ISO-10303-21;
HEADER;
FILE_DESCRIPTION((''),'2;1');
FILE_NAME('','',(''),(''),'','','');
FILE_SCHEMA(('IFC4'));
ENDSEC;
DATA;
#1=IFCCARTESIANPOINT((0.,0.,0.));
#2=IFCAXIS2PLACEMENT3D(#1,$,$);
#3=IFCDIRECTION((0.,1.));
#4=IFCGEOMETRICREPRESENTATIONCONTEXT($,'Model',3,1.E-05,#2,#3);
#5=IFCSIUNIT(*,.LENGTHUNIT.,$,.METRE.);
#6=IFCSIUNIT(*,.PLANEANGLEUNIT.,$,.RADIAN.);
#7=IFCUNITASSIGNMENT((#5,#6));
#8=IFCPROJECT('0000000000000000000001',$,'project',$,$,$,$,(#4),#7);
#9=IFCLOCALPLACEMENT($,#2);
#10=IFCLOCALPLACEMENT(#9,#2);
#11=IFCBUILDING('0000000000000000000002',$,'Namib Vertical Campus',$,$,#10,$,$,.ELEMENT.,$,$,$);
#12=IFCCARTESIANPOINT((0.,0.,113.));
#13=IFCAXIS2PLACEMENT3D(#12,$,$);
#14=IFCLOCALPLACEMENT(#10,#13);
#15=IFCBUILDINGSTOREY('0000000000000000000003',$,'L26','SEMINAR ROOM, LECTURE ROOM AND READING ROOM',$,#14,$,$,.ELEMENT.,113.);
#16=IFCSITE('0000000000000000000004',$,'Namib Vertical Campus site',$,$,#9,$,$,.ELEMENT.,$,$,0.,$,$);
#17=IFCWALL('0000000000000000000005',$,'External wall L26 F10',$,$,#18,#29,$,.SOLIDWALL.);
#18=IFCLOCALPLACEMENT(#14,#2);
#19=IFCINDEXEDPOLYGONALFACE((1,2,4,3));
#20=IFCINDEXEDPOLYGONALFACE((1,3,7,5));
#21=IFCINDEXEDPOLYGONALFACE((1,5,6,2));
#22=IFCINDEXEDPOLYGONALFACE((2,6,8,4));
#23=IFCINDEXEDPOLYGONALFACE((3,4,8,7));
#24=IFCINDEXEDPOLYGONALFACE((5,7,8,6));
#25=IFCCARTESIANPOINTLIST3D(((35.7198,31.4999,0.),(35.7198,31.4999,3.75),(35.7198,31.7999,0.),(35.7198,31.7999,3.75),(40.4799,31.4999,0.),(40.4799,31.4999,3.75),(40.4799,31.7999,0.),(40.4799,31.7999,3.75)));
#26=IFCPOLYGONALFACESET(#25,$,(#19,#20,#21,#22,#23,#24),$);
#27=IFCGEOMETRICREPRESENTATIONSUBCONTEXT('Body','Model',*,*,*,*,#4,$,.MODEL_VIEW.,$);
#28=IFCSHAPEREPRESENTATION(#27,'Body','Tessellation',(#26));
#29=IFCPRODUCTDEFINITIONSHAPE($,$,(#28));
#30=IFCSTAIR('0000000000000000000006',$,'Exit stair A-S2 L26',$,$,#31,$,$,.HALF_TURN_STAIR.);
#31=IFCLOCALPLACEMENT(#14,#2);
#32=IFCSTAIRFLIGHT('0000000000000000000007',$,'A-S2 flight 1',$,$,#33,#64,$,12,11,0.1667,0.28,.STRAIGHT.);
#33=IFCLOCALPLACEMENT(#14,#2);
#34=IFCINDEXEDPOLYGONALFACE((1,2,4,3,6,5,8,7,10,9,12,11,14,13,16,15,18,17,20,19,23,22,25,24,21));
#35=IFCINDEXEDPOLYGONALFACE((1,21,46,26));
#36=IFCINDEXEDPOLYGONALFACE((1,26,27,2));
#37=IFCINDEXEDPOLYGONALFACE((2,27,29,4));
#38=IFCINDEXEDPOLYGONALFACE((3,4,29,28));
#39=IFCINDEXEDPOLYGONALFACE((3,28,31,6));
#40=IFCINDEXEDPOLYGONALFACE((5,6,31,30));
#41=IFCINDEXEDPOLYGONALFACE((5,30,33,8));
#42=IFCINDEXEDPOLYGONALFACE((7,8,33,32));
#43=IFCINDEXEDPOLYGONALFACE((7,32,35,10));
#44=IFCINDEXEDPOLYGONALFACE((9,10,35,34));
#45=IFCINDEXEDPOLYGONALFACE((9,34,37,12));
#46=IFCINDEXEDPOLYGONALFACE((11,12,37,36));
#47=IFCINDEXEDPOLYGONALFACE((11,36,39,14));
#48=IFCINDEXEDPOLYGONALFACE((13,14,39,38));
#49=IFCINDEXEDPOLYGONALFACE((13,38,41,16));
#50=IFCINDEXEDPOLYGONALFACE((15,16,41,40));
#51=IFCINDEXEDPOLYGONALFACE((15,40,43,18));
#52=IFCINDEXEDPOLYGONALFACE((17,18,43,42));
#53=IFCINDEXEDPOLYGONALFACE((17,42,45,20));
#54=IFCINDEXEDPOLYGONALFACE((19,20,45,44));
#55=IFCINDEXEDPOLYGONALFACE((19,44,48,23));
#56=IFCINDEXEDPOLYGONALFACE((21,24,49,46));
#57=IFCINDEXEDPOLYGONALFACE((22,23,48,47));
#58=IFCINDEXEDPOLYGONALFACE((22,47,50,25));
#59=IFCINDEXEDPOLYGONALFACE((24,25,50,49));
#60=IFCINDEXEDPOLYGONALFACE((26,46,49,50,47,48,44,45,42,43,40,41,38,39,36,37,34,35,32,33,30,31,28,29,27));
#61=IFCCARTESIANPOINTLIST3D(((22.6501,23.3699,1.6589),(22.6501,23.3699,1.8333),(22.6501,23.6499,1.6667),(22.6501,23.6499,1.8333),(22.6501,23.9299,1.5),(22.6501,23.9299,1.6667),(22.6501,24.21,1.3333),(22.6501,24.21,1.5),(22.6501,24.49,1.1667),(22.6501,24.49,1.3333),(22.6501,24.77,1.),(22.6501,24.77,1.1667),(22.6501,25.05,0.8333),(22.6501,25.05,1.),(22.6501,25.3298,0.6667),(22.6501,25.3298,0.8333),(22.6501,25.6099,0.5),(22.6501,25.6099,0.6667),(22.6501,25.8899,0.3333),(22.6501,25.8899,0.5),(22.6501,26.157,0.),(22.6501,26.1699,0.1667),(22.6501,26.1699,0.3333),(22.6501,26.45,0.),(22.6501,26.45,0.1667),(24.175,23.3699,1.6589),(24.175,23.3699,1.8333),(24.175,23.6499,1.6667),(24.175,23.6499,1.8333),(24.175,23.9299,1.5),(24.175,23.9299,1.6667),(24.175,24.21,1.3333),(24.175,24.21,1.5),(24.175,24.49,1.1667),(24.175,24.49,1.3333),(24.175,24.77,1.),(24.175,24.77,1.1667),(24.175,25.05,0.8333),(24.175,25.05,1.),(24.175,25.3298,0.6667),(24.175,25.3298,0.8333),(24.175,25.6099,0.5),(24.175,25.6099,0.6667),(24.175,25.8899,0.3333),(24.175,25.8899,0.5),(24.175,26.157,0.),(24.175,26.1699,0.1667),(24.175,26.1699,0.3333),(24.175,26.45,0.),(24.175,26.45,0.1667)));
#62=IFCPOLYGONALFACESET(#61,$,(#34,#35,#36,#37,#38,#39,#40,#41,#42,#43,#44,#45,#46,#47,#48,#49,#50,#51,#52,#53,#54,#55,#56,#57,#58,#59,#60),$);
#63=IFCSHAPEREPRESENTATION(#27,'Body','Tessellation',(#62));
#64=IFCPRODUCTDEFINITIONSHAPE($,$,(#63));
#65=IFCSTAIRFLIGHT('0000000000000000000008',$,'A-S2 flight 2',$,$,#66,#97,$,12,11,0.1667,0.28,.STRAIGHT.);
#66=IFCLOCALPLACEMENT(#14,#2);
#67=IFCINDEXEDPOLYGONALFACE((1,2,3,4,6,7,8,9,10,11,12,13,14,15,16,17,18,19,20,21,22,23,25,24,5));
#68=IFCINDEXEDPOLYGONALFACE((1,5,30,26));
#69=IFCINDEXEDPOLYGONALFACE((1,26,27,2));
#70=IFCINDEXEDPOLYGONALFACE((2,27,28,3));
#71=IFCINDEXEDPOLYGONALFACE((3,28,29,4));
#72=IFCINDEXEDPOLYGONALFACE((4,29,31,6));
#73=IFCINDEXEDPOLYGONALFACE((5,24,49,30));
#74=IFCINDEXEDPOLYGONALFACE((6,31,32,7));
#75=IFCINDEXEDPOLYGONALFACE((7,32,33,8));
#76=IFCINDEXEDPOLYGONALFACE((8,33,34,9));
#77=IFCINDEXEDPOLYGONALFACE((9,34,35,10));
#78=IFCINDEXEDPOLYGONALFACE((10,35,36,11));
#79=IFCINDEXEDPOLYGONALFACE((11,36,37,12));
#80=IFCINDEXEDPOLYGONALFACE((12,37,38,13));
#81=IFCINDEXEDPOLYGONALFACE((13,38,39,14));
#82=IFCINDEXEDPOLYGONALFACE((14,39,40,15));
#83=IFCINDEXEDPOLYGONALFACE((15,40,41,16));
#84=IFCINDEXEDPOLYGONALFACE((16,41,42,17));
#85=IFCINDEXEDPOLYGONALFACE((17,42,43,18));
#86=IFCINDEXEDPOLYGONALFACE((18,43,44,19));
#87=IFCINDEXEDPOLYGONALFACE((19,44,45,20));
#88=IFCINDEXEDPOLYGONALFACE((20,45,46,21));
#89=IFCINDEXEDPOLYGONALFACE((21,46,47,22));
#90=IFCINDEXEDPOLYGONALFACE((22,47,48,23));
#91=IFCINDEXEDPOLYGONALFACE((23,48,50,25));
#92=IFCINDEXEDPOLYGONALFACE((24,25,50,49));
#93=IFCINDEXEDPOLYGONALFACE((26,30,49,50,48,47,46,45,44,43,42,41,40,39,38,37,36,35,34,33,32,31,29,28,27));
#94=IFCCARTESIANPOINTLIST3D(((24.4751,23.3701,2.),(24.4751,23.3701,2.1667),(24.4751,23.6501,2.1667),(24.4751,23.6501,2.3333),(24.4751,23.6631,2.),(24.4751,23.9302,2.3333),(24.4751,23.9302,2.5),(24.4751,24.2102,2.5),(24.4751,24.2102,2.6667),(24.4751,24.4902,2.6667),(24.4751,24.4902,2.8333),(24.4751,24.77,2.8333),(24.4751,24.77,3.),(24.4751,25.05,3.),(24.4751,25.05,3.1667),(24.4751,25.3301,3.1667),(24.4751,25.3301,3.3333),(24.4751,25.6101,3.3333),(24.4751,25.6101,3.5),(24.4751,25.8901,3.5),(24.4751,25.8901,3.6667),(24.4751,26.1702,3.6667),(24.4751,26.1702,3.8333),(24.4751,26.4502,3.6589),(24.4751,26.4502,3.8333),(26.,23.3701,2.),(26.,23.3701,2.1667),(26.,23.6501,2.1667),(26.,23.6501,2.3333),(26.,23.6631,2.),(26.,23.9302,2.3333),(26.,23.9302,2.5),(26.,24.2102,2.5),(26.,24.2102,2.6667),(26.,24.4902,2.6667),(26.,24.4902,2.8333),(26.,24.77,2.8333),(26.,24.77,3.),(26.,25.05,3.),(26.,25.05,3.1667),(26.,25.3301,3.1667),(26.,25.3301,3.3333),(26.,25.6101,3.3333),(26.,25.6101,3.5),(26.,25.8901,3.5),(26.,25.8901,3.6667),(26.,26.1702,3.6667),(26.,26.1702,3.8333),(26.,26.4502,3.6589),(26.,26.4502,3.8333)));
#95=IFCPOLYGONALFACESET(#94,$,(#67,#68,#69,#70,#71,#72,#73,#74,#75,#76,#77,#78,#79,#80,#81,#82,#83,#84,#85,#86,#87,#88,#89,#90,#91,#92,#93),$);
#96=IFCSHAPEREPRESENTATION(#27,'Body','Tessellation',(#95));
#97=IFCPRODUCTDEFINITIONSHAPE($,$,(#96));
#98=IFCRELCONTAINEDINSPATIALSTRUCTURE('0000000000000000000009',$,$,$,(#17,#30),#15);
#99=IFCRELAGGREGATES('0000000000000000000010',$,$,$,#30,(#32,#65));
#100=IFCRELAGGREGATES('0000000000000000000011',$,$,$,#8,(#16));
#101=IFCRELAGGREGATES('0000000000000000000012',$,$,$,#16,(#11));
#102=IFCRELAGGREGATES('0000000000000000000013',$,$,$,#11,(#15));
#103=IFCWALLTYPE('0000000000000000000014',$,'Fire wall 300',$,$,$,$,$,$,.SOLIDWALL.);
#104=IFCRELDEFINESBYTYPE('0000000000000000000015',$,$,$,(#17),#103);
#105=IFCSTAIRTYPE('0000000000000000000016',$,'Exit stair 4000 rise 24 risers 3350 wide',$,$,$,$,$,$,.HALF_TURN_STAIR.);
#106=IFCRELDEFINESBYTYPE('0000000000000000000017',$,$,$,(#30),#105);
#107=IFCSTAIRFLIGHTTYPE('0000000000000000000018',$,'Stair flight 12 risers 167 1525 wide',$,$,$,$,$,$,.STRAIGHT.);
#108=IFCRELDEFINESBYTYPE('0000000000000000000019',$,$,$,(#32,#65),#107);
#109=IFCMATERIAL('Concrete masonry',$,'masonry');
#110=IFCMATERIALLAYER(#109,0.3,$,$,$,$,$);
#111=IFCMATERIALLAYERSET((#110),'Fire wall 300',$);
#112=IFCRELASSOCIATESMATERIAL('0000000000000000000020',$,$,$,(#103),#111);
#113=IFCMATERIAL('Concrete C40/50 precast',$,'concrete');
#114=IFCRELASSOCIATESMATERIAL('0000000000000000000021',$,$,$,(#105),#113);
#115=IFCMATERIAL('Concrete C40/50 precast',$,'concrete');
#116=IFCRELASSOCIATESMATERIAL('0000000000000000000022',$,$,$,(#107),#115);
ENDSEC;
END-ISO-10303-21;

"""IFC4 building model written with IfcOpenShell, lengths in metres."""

from ifc_helpers import new_model, si_unit, direction, frame, frame_2d, origin, place, context, subcontext, project, spatial, polyline, rectangle, outline, extrude, material, layer, layer_set, type_object, element, aggregate, save


model = new_model("IFC4")

# Units and contexts
model_context = context("Model", 3, precision=1e-05, world=origin(), true_north=direction((0.0, 1.0)))
body_context = subcontext(model_context, "Body", "Model", "MODEL_VIEW")
ifc_project = project(units=[si_unit("LENGTHUNIT", "METRE"), si_unit("PLANEANGLEUNIT", "RADIAN")], contexts=[model_context])

# Site, building, storey
site_placement = place(None, origin())
site = spatial("IfcSite", under=ifc_project, at=site_placement, Name="Namib Vertical Campus site", CompositionType="ELEMENT", RefElevation=0.0)
building_placement = place(site_placement, origin())
building = spatial("IfcBuilding", under=site, at=building_placement, Name="Namib Vertical Campus", CompositionType="ELEMENT")
storey_placement = place(building_placement, frame((0.0, 0.0, 113.0)))
storey = spatial("IfcBuildingStorey", under=building, at=storey_placement, Name="L26", Description="SEMINAR ROOM, LECTURE ROOM AND READING ROOM", CompositionType="ELEMENT", Elevation=113.0)

# Shared definitions
ifc_material_1 = material(Name="Concrete masonry", Category="masonry")
ifc_layer_1 = layer(ifc_material_1, 0.3)
ifc_layer_set_1 = layer_set([ifc_layer_1], Name="Fire wall 300")
wall_type_1 = type_object("IfcWallType", Name="Fire wall 300", PredefinedType="SOLIDWALL", material=ifc_layer_set_1)

# Wall
wall_1_placement = place(storey_placement, frame((35.72, 31.6499, 0.0), z_axis=(0.0, 0.0, 1.0), x_axis=(1.0, 0.0, 0.0)))
element("IfcWall", 1, at=wall_1_placement, inside=storey, type_object=wall_type_1, Name="External wall L26 F10", PredefinedType="SOLIDWALL", context=body_context, shape_type="SweptSolid", body=[
    extrude(rectangle(XDim=4.76, YDim=0.3, at=frame_2d((2.3799, 0.0))), origin(), (0.0, 0.0, 1.0), 3.75),
])

# Stair, stair flights
ifc_material_2 = material(Name="Concrete C40/50 precast", Category="concrete")
stair_type = type_object("IfcStairType", Name="Exit stair 4000 rise 24 risers 3350 wide", PredefinedType="HALF_TURN_STAIR", material=ifc_material_2)
stair_placement = place(storey_placement, origin())
stair = element("IfcStair", 2, at=stair_placement, inside=storey, type_object=stair_type, Name="Exit stair A-S2 L26", PredefinedType="HALF_TURN_STAIR")
ifc_material_3 = material(Name="Concrete C40/50 precast", Category="concrete")
stair_flight_type = type_object("IfcStairFlightType", Name="Stair flight 12 risers 167 1525 wide", PredefinedType="STRAIGHT", material=ifc_material_3)
stair_flight_1_placement = place(storey_placement, frame((23.4126, 26.45, 0.0), z_axis=(0.0, 0.0, 1.0), x_axis=(0.0, -1.0, 0.0)))
stair_flight_1 = element("IfcStairFlight", 3, at=stair_flight_1_placement, type_object=stair_flight_type, Name="A-S2 flight 1", NumberOfRisers=12, NumberOfTreads=11, PredefinedType="STRAIGHT", RiserHeight=0.1667, TreadLength=0.28, context=body_context, shape_type="SweptSolid", body=[
    extrude(outline(polyline([(0.0, 0.0), (0.0, 0.1667), (0.28, 0.1667), (0.28, 0.3333), (0.5601, 0.3333), (0.5601, 0.5), (0.8401, 0.5), (0.8401, 0.6667), (1.1201, 0.6667), (1.1201, 0.8333), (1.3999, 0.8333), (1.3999, 1.0), (1.6799, 1.0), (1.6799, 1.1667), (1.96, 1.1667), (1.96, 1.3333), (2.24, 1.3333), (2.24, 1.5), (2.52, 1.5), (2.52, 1.6667), (2.8, 1.6667), (2.8, 1.8333), (3.0801, 1.8333), (3.0801, 2.0), (3.0801, 1.6589), (0.293, 0.0), (0.0, 0.0)])), frame((0.0, 0.7625, 0.0), z_axis=(0.0, -1.0, 0.0), x_axis=(1.0, 0.0, 0.0)), (0.0, 0.0, 1.0), 1.5249),
])
stair_flight_2_placement = place(storey_placement, frame((25.2375, 23.3701, 2.0), z_axis=(0.0, 0.0, 1.0), x_axis=(0.0, 1.0, 0.0)))
stair_flight_2 = element("IfcStairFlight", 4, at=stair_flight_2_placement, type_object=stair_flight_type, Name="A-S2 flight 2", NumberOfRisers=12, NumberOfTreads=11, PredefinedType="STRAIGHT", RiserHeight=0.1667, TreadLength=0.28, context=body_context, shape_type="SweptSolid", body=[
    extrude(outline(polyline([(0.0, 0.0), (0.0, 0.1667), (0.28, 0.1667), (0.28, 0.3333), (0.5601, 0.3333), (0.5601, 0.5), (0.8401, 0.5), (0.8401, 0.6667), (1.1201, 0.6667), (1.1201, 0.8333), (1.3999, 0.8333), (1.3999, 1.0), (1.6799, 1.0), (1.6799, 1.1667), (1.96, 1.1667), (1.96, 1.3333), (2.24, 1.3333), (2.24, 1.5), (2.52, 1.5), (2.52, 1.6667), (2.8, 1.6667), (2.8, 1.8333), (3.0801, 1.8333), (3.0801, 2.0), (3.0801, 1.6589), (0.293, 0.0), (0.0, 0.0)])), frame((0.0, 0.7625, 0.0), z_axis=(0.0, -1.0, 0.0), x_axis=(1.0, 0.0, 0.0)), (0.0, 0.0, 1.0), 1.5249),
])
aggregate(stair, [stair_flight_1, stair_flight_2])

save(model, "model.ifc")
